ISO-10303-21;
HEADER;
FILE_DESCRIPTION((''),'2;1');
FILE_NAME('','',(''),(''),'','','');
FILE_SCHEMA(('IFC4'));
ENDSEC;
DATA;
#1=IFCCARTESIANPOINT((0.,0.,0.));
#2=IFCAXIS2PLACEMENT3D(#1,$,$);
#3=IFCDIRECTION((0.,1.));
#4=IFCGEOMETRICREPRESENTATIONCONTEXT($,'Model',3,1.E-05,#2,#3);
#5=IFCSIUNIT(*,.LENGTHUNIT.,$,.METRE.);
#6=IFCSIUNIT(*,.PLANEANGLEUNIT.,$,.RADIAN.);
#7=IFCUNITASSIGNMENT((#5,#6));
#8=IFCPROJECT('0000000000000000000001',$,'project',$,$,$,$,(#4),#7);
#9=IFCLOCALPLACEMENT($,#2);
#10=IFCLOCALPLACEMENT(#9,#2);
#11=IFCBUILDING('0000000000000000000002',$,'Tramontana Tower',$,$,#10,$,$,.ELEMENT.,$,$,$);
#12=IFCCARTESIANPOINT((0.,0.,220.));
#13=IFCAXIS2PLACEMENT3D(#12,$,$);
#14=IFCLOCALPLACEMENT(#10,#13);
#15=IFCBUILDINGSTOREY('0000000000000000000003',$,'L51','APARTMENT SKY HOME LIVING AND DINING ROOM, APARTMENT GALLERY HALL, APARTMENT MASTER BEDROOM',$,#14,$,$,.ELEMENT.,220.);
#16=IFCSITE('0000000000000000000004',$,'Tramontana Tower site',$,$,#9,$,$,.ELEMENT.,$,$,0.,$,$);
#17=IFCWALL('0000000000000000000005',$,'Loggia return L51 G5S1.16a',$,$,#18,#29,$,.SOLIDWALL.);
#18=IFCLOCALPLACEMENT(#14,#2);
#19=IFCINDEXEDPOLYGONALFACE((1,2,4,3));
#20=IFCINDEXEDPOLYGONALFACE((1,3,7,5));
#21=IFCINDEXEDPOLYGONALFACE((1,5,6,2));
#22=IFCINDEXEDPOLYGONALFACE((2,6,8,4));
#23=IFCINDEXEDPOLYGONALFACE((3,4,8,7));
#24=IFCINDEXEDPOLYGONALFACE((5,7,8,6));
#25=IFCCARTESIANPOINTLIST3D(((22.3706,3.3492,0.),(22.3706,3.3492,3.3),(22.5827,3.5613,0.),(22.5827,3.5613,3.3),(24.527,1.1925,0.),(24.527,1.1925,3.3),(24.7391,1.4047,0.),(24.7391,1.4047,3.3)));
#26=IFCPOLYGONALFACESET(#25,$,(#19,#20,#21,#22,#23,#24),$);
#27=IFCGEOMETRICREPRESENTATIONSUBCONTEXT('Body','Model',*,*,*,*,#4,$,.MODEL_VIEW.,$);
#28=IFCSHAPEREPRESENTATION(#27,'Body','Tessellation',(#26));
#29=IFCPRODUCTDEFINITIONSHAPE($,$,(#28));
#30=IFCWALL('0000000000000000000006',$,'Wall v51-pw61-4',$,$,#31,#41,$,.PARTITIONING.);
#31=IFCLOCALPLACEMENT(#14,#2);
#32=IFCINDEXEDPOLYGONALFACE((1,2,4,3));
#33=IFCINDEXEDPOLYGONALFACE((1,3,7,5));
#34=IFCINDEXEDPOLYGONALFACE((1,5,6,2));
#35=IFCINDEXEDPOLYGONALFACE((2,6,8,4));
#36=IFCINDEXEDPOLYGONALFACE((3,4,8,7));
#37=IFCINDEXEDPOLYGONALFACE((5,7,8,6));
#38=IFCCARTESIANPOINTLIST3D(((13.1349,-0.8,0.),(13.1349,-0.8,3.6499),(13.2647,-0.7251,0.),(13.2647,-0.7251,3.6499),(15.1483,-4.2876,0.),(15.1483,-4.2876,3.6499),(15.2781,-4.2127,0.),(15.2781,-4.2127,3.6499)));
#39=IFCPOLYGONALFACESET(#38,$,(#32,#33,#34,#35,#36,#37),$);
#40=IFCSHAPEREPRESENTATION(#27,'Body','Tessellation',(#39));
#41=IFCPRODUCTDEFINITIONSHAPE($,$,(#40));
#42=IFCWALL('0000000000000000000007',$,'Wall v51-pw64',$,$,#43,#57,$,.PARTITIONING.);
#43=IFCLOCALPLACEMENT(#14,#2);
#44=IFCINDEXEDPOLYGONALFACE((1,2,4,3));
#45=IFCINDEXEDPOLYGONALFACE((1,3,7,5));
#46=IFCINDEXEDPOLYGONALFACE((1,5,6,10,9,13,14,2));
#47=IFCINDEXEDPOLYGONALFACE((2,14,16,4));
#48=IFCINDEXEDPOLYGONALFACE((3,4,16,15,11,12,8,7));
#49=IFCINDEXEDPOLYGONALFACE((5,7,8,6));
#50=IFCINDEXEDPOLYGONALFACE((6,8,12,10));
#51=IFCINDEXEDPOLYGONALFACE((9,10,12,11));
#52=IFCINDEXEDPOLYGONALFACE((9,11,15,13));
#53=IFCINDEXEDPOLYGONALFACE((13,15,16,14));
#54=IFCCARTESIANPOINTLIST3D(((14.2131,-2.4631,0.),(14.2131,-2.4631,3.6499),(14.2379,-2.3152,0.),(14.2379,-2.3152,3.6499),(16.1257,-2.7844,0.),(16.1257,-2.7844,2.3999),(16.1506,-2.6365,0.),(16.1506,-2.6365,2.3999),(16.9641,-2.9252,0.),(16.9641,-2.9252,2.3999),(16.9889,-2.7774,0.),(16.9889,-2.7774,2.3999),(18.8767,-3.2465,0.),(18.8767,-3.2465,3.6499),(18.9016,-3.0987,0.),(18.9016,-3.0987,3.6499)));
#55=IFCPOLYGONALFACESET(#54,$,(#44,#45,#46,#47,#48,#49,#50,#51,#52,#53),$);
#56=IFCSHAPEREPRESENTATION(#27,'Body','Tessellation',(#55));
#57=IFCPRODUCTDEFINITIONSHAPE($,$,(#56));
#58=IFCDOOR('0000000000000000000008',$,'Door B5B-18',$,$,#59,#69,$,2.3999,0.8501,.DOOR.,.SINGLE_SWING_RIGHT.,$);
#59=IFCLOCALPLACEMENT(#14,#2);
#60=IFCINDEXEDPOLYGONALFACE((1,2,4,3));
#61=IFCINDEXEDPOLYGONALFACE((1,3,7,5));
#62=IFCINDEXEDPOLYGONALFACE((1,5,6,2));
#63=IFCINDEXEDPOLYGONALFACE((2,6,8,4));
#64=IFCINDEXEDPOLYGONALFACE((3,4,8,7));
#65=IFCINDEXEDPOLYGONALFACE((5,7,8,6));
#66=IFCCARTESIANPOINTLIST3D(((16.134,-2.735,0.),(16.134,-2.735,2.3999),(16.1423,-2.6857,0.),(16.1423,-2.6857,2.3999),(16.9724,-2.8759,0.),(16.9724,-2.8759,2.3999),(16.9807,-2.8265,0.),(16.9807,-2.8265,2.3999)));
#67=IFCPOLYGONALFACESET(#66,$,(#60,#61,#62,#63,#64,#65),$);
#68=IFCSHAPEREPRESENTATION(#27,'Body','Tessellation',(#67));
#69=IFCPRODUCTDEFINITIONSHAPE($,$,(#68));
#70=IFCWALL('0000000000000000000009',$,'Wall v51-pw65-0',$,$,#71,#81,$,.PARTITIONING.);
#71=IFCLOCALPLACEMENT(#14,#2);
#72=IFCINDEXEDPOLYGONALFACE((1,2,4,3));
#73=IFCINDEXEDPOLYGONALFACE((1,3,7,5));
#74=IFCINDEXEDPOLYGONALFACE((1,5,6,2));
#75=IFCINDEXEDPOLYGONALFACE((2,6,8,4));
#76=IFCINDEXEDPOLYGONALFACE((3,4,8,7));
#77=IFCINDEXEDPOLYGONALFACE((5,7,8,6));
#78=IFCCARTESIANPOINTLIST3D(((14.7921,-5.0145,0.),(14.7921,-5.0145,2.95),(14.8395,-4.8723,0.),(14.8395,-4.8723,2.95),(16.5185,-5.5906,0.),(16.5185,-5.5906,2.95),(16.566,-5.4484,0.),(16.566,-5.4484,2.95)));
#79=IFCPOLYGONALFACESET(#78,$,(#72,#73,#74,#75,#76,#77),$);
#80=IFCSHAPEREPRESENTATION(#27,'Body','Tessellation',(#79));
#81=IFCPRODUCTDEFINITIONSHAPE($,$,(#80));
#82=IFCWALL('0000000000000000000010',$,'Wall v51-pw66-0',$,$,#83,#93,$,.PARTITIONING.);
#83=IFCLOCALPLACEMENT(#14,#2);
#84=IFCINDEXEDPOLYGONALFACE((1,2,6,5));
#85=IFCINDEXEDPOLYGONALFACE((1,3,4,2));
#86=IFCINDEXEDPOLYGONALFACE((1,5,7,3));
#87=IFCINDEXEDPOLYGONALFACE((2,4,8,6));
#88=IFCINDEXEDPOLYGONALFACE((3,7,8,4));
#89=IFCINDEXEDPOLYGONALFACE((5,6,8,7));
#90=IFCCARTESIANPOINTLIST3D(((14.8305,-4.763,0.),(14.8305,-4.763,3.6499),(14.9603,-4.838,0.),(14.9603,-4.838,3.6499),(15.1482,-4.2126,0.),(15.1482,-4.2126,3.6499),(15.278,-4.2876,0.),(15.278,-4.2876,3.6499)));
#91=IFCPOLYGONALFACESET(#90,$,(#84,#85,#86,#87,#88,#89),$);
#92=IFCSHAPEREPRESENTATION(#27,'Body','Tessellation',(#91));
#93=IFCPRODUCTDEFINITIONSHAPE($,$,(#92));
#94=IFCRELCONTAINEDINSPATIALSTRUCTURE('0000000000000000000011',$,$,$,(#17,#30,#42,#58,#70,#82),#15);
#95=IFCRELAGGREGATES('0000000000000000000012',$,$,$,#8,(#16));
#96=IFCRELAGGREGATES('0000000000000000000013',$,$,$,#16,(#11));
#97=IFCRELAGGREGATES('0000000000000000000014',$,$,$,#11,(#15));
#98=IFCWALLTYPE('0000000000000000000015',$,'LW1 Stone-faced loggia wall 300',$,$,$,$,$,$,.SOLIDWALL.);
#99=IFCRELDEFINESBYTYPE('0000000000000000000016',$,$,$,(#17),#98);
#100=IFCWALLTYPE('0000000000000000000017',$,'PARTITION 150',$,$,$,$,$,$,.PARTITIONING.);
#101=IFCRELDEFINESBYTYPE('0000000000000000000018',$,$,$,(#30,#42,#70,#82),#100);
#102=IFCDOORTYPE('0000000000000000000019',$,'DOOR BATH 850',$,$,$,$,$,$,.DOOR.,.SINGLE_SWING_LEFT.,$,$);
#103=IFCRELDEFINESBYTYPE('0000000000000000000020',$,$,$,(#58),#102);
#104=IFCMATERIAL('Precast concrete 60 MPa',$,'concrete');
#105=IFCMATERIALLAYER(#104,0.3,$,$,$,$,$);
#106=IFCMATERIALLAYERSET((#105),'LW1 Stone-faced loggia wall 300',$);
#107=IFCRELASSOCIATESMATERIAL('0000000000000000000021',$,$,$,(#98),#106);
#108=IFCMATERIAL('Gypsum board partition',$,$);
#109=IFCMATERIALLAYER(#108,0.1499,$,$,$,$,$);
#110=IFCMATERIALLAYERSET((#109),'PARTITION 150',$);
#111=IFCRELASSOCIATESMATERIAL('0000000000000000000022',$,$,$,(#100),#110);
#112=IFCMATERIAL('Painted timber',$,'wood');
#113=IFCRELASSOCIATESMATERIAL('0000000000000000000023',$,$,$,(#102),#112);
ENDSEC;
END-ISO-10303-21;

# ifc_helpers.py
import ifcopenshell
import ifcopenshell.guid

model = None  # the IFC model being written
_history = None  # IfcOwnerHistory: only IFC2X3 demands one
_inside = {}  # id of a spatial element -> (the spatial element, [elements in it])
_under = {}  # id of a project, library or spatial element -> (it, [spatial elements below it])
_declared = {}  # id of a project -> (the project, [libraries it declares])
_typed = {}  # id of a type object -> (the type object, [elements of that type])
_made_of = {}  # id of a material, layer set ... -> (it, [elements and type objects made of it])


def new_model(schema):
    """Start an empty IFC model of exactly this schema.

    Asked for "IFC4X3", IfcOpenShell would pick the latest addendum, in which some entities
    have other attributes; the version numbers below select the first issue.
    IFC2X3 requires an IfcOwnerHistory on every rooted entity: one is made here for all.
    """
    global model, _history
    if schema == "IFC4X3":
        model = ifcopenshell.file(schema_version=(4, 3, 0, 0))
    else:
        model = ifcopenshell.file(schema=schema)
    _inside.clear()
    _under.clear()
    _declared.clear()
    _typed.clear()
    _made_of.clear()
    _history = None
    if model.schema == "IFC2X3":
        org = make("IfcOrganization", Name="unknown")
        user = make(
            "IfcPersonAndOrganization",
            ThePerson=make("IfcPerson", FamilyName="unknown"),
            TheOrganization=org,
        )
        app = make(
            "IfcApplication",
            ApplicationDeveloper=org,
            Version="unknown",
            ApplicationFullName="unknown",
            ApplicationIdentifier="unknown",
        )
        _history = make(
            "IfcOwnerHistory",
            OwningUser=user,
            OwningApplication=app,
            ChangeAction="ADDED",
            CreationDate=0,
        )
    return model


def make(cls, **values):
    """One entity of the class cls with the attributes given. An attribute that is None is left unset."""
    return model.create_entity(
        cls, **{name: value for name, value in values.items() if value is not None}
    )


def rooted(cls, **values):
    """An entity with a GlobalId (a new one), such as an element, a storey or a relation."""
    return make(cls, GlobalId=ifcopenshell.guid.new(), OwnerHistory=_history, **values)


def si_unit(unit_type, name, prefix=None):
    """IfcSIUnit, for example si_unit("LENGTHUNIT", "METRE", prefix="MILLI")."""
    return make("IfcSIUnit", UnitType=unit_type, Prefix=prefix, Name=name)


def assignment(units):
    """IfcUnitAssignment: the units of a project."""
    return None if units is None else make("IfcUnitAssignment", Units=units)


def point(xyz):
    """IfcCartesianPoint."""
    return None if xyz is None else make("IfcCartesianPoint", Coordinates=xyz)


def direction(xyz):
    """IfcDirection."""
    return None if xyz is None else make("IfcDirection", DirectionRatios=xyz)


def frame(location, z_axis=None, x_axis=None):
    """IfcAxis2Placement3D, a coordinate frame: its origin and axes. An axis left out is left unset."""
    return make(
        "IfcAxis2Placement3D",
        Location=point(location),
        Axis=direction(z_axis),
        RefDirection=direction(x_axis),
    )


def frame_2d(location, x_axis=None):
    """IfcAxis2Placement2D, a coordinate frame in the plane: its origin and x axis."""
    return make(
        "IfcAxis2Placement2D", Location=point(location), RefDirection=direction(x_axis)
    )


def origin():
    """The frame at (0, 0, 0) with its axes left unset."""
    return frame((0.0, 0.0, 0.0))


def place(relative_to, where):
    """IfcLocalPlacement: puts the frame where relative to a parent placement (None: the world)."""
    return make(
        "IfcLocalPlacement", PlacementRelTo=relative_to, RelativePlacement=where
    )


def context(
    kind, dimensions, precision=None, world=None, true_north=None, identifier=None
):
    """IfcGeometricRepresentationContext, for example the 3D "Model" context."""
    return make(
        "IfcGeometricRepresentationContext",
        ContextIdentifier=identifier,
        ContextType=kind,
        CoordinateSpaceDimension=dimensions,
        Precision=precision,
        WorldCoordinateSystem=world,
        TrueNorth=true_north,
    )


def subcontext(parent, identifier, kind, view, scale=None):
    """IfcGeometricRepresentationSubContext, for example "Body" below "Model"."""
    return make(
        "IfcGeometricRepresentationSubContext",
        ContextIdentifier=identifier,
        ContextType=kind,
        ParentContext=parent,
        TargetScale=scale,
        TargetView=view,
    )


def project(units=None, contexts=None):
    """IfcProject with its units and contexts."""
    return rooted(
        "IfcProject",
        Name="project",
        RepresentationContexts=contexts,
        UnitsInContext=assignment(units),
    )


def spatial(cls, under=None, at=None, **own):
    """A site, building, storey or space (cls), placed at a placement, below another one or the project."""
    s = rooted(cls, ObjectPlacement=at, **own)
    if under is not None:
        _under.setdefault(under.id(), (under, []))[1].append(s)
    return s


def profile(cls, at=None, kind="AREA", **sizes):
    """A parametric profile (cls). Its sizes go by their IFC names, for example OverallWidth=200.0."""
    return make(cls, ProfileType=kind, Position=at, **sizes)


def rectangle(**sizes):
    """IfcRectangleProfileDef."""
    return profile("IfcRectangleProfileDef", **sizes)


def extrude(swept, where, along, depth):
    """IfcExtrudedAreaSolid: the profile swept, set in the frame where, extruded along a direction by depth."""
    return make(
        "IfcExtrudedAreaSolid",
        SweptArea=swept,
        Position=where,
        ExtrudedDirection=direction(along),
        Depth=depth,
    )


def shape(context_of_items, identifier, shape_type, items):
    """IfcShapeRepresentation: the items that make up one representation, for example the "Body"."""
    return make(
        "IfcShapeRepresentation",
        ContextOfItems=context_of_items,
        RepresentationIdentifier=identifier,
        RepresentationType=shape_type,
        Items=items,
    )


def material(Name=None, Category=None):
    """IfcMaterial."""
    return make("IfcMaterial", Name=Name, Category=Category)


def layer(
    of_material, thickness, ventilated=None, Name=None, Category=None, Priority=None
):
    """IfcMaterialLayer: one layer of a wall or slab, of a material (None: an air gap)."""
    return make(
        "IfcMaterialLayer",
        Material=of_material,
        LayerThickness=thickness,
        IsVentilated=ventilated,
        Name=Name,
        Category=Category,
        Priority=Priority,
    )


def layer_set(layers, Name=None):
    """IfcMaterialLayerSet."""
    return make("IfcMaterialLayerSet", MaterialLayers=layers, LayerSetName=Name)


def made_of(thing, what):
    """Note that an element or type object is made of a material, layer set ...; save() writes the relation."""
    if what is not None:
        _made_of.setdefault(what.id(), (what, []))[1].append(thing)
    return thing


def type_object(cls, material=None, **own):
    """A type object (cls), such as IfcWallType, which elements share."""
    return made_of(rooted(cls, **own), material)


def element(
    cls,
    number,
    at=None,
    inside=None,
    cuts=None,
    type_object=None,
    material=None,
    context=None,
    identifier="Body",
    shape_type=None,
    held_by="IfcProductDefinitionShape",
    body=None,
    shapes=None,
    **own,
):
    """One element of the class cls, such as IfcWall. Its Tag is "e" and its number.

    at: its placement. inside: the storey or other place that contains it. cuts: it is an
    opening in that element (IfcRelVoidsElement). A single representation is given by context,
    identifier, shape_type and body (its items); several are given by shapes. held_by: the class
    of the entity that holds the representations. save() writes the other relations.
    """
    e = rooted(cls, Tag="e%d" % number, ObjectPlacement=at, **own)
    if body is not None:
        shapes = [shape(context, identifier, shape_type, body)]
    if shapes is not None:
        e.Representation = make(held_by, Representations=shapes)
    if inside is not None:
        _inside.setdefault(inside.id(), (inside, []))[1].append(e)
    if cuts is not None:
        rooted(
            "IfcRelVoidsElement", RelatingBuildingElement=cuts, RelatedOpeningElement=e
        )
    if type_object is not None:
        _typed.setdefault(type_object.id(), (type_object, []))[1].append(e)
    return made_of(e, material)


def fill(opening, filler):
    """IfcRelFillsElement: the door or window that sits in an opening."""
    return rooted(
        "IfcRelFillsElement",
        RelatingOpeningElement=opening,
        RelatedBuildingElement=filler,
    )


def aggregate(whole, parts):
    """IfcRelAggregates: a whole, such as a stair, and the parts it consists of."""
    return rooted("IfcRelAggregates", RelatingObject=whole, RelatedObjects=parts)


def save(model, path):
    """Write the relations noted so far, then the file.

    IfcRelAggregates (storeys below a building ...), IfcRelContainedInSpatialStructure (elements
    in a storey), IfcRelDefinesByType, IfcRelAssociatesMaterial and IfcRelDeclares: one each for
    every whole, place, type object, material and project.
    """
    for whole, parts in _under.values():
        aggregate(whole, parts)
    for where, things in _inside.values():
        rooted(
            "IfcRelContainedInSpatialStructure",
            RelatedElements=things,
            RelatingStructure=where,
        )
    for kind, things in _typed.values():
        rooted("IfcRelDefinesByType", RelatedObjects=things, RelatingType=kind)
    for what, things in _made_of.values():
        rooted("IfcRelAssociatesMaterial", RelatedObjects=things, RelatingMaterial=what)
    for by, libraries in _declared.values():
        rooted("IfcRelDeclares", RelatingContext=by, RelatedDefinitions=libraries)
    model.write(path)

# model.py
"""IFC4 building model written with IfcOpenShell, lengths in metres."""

from ifc_helpers import new_model, si_unit, direction, frame, frame_2d, origin, place, context, subcontext, project, spatial, rectangle, extrude, material, layer, layer_set, type_object, element, fill, save


model = new_model("IFC4")

# Units and contexts
model_context = context("Model", 3, precision=1e-05, world=origin(), true_north=direction((0.0, 1.0)))
body_context = subcontext(model_context, "Body", "Model", "MODEL_VIEW")
ifc_project = project(units=[si_unit("LENGTHUNIT", "METRE"), si_unit("PLANEANGLEUNIT", "RADIAN")], contexts=[model_context])

# Site, building, storey
site_placement = place(None, origin())
site = spatial("IfcSite", under=ifc_project, at=site_placement, Name="Tramontana Tower site", CompositionType="ELEMENT", RefElevation=0.0)
building_placement = place(site_placement, origin())
building = spatial("IfcBuilding", under=site, at=building_placement, Name="Tramontana Tower", CompositionType="ELEMENT")
storey_placement = place(building_placement, frame((0.0, 0.0, 220.0)))
storey = spatial("IfcBuildingStorey", under=building, at=storey_placement, Name="L51", Description="APARTMENT SKY HOME LIVING AND DINING ROOM, APARTMENT GALLERY HALL, APARTMENT MASTER BEDROOM", CompositionType="ELEMENT", Elevation=220.0)

# Wall
ifc_material_1 = material(Name="Precast concrete 60 MPa", Category="concrete")
ifc_layer_1 = layer(ifc_material_1, 0.3)
ifc_layer_set_1 = layer_set([ifc_layer_1], Name="LW1 Stone-faced loggia wall 300")
wall_type_1 = type_object("IfcWallType", Name="LW1 Stone-faced loggia wall 300", PredefinedType="SOLIDWALL", material=ifc_layer_set_1)
wall_1_placement = place(storey_placement, frame((24.6331, 1.2986, 0.0), z_axis=(0.0, 0.0, 1.0), x_axis=(-0.707067, 0.707147, 0.0)))
element("IfcWall", 1, at=wall_1_placement, inside=storey, type_object=wall_type_1, Name="Loggia return L51 G5S1.16a", PredefinedType="SOLIDWALL", context=body_context, shape_type="SweptSolid", body=[
    extrude(rectangle(XDim=3.0498, YDim=0.3, at=frame_2d((1.5249, 0.0))), origin(), (0.0, 0.0, 1.0), 3.3),
])

# Shared definitions
ifc_material_2 = material(Name="Gypsum board partition")
ifc_layer_2 = layer(ifc_material_2, 0.1499)
ifc_layer_set_2 = layer_set([ifc_layer_2], Name="PARTITION 150")
wall_type_2 = type_object("IfcWallType", Name="PARTITION 150", PredefinedType="PARTITIONING", material=ifc_layer_set_2)

# Wall
wall_2_placement = place(storey_placement, frame((13.1997, -0.7625, 0.0), z_axis=(0.0, 0.0, 1.0), x_axis=(0.49998, -0.866037, 0.0)))
element("IfcWall", 2, at=wall_2_placement, inside=storey, type_object=wall_type_2, Name="Wall v51-pw61-4", PredefinedType="PARTITIONING", context=body_context, shape_type="SweptSolid", body=[
    extrude(rectangle(XDim=4.0271, YDim=0.1499, at=frame_2d((2.0137, 0.0))), origin(), (0.0, 0.0, 1.0), 3.6499),
])

# Wall, opening, door
wall_3_placement = place(storey_placement, frame((18.8892, -3.1726, 0.0), z_axis=(0.0, 0.0, 1.0), x_axis=(-0.986181, 0.165671, 0.0)))
wall_3 = element("IfcWall", 3, at=wall_3_placement, inside=storey, type_object=wall_type_2, Name="Wall v51-pw64", PredefinedType="PARTITIONING", context=body_context, shape_type="SweptSolid", body=[
    extrude(rectangle(XDim=4.729, YDim=0.1499, at=frame_2d((2.3645, 0.0))), origin(), (0.0, 0.0, 1.0), 3.6499),
])
opening_1_placement = place(wall_3_placement, frame((1.9395, 0.0, 0.0)))
opening_1 = element("IfcOpeningElement", 4, at=opening_1_placement, cuts=wall_3, PredefinedType="OPENING", context=body_context, shape_type="SweptSolid", body=[
    extrude(rectangle(XDim=0.8501, YDim=2.3999, at=frame_2d((0.425, 1.2))), frame((0.0, 0.085, 0.0), z_axis=(0.0, -1.0, 0.0), x_axis=(1.0, 0.0, 0.0)), (0.0, 0.0, 1.0), 0.1699),
])
ifc_material_3 = material(Name="Painted timber", Category="wood")
door_type_1 = type_object("IfcDoorType", Name="DOOR BATH 850", OperationType="SINGLE_SWING_LEFT", PredefinedType="DOOR", material=ifc_material_3)
door_1_placement = place(opening_1_placement, origin())
door_1 = element("IfcDoor", 5, at=door_1_placement, inside=storey, type_object=door_type_1, Name="Door B5B-18", OperationType="SINGLE_SWING_RIGHT", OverallHeight=2.3999, OverallWidth=0.8501, PredefinedType="DOOR", context=body_context, shape_type="SweptSolid", body=[
    extrude(rectangle(XDim=0.8501, YDim=2.3999, at=frame_2d((0.425, 1.2))), frame((0.0, 0.0249, 0.0), z_axis=(0.0, -1.0, 0.0), x_axis=(1.0, 0.0, 0.0)), (0.0, 0.0, 1.0), 0.05),
])
fill(opening_1, door_1)

# Walls
wall_4_placement = place(storey_placement, frame((14.8157, -4.9434, 0.0), z_axis=(0.0, 0.0, 1.0), x_axis=(0.948576, -0.31655, 0.0)))
element("IfcWall", 6, at=wall_4_placement, inside=storey, type_object=wall_type_2, Name="Wall v51-pw65-0", PredefinedType="PARTITIONING", context=body_context, shape_type="SweptSolid", body=[
    extrude(rectangle(XDim=1.8201, YDim=0.1499, at=frame_2d((0.9102, 0.0))), origin(), (0.0, 0.0, 1.0), 2.95),
])
wall_5_placement = place(storey_placement, frame((15.2131, -4.25, 0.0), z_axis=(0.0, 0.0, 1.0), x_axis=(-0.4999, -0.866083, 0.0)))
element("IfcWall", 7, at=wall_5_placement, inside=storey, type_object=wall_type_2, Name="Wall v51-pw66-0", PredefinedType="PARTITIONING", context=body_context, shape_type="SweptSolid", body=[
    extrude(rectangle(XDim=0.6355, YDim=0.1499, at=frame_2d((0.3179, 0.0))), origin(), (0.0, 0.0, 1.0), 3.6499),
])

save(model, "model.ifc")
